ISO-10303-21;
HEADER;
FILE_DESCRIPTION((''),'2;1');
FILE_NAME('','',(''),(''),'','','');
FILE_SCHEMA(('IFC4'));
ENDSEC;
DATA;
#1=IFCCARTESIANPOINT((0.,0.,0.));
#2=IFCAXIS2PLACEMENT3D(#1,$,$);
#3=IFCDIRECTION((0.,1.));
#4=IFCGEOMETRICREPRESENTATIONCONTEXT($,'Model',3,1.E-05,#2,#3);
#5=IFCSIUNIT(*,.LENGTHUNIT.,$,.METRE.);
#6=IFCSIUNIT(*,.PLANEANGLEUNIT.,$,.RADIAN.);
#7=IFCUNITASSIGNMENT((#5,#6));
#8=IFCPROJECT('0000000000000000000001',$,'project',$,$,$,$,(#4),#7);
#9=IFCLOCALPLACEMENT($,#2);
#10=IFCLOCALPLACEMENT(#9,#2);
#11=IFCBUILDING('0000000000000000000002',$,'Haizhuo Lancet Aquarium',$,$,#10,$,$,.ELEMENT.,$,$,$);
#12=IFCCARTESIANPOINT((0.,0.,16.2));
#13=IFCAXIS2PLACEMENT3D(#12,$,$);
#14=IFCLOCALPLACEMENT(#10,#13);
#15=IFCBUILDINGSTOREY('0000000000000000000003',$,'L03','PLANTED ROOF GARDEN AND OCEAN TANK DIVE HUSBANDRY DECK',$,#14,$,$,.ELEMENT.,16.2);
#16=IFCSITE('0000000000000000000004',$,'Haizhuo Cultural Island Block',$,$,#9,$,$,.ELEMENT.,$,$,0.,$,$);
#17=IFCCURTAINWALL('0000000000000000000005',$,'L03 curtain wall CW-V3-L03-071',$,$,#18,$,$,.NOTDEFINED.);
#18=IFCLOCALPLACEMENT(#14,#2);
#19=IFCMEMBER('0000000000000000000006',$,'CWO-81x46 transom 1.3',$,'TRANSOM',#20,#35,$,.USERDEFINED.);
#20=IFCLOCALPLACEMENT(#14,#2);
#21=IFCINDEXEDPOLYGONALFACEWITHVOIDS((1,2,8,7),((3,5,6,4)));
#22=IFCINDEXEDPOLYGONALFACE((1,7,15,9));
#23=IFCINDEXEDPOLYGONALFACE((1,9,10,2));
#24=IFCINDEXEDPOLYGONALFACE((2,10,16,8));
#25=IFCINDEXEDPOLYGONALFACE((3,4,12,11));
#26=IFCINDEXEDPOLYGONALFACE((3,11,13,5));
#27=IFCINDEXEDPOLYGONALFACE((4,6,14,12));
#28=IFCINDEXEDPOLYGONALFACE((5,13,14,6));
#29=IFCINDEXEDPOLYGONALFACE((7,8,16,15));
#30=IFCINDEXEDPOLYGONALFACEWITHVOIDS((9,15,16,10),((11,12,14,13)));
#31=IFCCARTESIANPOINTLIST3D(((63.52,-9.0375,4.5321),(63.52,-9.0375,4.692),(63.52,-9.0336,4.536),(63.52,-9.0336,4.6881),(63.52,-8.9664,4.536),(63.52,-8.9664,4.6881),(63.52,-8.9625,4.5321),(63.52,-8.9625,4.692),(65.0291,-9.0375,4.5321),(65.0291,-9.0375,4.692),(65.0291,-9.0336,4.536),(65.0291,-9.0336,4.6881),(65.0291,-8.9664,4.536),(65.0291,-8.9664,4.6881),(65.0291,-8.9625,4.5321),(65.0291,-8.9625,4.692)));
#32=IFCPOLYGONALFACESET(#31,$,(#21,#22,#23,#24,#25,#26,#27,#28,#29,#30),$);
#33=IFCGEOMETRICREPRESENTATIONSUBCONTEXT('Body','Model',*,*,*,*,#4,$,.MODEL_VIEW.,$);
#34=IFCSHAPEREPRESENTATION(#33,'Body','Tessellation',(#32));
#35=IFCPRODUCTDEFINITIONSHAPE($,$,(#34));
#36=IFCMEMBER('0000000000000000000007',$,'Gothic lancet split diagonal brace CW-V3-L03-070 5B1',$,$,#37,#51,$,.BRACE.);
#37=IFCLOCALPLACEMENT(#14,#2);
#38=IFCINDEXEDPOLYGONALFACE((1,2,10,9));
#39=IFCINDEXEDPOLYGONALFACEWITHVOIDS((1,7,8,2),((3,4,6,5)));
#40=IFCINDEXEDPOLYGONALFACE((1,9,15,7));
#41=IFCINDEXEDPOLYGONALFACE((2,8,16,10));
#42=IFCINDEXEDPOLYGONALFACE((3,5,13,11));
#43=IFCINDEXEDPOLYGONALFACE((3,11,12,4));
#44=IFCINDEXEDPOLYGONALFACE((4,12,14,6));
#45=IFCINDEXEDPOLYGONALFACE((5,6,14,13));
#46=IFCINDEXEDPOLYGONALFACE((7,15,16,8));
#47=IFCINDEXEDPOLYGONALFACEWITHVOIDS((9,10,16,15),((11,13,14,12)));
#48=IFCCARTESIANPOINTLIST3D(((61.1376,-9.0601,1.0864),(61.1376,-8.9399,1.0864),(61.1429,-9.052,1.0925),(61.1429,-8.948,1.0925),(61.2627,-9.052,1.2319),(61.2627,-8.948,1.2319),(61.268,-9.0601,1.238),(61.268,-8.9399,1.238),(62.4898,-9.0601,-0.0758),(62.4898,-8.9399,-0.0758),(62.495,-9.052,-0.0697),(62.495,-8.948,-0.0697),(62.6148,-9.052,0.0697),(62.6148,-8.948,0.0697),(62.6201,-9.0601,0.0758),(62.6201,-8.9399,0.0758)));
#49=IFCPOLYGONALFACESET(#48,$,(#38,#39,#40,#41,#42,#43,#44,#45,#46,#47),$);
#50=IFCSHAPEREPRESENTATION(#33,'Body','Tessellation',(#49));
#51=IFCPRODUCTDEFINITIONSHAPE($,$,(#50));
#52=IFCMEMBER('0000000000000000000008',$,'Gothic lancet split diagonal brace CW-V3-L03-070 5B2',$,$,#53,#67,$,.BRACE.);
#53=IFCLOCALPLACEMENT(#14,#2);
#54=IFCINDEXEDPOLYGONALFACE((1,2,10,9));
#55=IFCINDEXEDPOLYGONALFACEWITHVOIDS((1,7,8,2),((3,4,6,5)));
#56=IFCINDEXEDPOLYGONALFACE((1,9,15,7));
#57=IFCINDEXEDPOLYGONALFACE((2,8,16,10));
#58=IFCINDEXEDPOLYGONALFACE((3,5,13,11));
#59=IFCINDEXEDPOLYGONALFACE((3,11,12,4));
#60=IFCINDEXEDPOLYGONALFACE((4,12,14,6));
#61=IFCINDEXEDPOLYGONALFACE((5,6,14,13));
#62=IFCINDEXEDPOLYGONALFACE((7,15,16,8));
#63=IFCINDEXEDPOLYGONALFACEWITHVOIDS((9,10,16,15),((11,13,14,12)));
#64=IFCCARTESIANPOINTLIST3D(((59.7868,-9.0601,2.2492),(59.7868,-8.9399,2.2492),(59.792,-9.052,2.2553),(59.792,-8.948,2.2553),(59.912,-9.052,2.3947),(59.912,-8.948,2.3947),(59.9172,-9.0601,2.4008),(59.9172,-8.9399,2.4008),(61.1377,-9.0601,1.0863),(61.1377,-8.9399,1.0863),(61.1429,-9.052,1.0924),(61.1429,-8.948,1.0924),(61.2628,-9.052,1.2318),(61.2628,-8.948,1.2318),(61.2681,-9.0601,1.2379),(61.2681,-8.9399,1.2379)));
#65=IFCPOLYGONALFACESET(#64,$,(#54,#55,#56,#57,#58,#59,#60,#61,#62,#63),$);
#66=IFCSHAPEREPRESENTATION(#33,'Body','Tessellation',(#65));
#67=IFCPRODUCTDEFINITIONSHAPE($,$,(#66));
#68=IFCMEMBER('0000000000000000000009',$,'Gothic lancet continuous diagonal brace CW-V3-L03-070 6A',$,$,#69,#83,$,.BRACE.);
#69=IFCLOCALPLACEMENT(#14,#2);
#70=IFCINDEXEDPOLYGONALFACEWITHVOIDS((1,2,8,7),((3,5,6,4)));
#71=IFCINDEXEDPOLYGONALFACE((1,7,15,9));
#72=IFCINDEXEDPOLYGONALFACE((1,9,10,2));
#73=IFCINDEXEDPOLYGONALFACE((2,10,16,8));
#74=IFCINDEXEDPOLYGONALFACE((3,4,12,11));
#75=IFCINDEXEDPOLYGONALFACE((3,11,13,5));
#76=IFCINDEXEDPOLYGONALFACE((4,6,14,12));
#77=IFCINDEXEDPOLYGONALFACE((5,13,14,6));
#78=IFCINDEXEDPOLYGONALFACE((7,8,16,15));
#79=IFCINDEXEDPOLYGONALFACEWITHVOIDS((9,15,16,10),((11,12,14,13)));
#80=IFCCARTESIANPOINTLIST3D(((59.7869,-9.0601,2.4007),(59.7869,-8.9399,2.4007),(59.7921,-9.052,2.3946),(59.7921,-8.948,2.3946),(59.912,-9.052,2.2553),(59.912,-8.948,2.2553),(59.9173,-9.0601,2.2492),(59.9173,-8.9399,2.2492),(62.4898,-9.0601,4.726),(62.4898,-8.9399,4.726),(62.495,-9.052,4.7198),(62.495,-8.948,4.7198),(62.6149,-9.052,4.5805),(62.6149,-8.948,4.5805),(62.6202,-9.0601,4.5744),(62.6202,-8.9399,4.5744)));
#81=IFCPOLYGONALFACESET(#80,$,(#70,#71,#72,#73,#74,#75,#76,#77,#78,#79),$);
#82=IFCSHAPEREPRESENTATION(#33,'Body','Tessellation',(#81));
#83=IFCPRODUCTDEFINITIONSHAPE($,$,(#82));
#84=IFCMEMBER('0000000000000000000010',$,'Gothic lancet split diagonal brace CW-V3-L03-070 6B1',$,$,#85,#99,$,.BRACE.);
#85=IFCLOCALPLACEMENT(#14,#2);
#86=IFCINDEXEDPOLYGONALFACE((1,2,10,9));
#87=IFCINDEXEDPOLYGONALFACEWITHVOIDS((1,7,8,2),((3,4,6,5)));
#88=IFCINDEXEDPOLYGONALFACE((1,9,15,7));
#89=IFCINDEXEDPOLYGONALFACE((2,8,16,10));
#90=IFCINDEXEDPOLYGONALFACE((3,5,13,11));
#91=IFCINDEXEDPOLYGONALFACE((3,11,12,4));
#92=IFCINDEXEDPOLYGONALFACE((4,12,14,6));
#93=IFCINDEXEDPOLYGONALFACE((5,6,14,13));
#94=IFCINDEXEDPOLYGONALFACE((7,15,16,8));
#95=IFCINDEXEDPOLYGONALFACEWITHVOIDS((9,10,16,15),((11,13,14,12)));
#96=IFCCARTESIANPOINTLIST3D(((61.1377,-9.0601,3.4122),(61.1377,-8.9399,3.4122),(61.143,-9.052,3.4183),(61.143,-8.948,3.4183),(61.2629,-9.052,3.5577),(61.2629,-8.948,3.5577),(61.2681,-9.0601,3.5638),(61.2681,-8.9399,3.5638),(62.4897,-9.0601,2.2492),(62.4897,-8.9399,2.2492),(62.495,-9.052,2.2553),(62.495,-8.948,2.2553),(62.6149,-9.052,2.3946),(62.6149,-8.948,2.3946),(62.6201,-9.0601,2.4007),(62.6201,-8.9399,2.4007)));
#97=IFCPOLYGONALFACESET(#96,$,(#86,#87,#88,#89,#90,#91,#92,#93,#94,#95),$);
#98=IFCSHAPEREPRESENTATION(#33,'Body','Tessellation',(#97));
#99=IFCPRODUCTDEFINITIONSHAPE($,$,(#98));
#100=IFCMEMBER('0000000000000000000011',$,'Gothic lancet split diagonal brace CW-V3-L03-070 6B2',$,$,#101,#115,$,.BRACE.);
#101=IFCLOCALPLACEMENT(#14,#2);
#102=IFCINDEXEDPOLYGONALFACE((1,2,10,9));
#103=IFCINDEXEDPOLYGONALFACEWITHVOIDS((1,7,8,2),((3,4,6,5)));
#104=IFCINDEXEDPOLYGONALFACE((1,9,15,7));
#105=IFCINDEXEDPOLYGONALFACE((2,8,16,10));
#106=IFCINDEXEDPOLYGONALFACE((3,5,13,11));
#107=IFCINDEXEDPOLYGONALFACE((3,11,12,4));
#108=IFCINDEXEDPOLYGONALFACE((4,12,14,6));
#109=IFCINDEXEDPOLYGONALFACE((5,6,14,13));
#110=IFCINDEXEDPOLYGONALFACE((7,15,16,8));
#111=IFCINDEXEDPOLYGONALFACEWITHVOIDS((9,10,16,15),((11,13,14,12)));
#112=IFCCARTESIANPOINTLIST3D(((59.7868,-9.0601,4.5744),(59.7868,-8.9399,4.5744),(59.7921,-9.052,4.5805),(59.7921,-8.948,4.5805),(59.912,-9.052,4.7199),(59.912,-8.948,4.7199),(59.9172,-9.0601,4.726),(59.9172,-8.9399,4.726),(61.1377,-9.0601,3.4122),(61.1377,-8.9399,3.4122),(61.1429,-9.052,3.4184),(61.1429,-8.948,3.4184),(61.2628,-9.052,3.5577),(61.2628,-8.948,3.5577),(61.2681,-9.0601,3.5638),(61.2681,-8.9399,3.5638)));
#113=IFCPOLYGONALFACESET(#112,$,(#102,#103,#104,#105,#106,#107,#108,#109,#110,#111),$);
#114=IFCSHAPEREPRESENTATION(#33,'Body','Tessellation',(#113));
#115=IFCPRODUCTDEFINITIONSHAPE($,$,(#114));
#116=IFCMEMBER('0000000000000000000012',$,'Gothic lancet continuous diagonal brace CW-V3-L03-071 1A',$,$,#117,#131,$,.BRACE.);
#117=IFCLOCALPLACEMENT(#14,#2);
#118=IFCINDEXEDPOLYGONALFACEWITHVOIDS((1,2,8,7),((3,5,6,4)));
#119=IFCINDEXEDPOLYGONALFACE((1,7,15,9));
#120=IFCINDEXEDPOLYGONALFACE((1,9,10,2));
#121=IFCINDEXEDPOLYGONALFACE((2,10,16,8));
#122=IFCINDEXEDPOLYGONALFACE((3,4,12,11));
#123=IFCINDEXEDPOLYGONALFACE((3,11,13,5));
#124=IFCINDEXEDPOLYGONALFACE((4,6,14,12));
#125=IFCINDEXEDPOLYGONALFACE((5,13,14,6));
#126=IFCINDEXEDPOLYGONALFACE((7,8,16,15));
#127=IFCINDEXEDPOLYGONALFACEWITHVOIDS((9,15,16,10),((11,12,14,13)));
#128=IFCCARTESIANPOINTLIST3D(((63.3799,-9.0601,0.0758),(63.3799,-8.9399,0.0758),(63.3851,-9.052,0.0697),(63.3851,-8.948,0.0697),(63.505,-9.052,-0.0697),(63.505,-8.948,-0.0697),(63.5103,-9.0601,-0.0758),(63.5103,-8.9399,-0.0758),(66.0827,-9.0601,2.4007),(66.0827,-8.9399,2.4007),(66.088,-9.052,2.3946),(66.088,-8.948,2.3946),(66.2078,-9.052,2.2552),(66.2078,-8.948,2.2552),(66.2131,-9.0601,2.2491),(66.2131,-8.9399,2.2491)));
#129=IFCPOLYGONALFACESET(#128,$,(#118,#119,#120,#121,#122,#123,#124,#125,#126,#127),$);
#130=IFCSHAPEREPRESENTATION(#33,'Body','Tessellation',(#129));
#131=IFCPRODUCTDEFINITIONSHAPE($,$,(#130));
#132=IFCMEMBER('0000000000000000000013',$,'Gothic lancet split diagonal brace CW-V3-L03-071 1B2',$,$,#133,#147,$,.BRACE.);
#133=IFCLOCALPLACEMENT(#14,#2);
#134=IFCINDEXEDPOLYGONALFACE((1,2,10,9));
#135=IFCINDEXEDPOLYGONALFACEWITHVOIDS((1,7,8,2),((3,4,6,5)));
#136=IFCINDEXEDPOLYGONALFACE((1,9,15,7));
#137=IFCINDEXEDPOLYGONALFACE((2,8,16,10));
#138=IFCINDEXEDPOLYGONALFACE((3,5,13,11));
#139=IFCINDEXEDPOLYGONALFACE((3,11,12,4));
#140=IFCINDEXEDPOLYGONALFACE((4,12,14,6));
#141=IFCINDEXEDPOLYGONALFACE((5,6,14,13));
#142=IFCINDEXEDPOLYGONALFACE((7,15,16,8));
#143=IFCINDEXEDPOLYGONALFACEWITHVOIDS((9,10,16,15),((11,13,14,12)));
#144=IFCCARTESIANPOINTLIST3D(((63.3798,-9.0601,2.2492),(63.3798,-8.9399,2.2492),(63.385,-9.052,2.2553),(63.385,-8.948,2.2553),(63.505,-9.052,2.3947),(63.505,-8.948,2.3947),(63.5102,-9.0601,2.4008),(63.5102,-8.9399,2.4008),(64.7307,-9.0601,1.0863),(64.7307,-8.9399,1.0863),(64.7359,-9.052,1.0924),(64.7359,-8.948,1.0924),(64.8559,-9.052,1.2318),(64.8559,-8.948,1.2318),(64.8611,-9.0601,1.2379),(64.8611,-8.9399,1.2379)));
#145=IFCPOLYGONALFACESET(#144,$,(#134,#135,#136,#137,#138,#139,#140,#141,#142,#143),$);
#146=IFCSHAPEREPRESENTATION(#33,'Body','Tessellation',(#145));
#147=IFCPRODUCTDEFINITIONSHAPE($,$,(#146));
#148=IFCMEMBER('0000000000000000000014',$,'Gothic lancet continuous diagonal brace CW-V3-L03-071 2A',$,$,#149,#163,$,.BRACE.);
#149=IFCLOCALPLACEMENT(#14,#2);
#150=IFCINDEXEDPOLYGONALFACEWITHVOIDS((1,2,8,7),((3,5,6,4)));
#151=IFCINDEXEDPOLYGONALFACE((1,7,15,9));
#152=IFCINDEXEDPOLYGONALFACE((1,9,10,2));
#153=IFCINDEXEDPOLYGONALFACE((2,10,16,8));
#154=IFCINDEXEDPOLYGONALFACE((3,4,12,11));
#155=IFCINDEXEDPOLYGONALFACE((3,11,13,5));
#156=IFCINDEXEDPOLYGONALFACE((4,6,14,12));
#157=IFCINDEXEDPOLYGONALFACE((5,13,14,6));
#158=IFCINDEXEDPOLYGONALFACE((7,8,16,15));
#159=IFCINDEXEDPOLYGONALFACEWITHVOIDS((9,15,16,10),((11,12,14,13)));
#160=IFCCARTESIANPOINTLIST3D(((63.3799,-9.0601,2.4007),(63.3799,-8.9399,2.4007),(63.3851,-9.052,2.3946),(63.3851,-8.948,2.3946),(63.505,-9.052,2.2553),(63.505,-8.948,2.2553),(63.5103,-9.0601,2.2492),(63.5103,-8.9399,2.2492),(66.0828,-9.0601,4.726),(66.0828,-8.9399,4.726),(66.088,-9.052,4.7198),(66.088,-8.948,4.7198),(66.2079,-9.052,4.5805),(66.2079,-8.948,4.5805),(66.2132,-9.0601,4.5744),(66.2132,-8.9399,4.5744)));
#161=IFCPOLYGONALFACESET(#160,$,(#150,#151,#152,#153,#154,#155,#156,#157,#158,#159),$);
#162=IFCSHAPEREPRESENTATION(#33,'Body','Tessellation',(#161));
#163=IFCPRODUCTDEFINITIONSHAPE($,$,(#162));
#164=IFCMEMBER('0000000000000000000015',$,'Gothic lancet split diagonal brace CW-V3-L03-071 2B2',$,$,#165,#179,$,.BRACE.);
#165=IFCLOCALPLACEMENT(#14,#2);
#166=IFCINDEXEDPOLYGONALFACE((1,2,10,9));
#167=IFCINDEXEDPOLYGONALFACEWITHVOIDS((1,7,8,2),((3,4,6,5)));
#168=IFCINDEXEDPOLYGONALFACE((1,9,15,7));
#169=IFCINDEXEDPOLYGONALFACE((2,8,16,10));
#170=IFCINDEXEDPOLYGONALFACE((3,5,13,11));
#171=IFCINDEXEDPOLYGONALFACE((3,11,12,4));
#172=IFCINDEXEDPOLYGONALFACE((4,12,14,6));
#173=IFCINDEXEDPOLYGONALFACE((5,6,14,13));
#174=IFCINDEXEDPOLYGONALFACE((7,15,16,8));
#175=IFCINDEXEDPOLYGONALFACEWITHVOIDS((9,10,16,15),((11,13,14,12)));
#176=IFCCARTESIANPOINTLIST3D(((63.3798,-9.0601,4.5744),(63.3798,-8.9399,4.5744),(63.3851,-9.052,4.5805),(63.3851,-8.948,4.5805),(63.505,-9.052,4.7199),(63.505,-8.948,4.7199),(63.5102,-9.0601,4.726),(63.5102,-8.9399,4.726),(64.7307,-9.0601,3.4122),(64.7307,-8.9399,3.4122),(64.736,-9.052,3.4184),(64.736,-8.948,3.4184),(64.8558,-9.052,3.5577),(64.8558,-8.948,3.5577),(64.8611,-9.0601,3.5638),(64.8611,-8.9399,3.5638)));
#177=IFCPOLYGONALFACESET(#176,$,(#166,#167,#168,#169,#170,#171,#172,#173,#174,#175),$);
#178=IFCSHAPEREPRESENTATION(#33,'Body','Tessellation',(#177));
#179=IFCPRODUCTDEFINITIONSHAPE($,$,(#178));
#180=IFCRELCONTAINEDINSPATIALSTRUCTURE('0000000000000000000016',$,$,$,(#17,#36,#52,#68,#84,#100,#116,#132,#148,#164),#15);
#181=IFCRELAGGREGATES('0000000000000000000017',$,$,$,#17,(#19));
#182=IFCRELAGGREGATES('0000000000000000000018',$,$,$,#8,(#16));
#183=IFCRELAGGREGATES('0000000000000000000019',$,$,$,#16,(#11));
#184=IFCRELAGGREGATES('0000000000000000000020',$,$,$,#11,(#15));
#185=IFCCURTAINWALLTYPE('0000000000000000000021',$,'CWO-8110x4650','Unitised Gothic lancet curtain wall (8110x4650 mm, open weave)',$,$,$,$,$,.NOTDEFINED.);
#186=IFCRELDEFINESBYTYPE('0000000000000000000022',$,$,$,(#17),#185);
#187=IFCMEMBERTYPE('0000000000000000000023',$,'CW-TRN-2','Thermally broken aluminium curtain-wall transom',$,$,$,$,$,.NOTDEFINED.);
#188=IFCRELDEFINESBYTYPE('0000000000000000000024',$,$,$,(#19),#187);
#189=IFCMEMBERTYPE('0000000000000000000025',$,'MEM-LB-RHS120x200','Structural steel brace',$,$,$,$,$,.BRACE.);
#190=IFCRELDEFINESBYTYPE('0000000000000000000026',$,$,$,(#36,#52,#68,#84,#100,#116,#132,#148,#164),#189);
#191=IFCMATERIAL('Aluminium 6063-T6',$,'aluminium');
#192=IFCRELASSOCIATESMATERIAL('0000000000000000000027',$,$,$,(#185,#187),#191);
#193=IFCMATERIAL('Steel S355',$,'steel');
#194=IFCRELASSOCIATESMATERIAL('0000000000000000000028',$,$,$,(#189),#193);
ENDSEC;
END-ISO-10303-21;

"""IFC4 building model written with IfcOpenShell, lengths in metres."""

from ifc_helpers import new_model, si_unit, direction, frame, origin, origin_2d, place, context, subcontext, project, spatial, hollow_rectangle, extrude, material, material_profile, profile_set, type_object, element, aggregate, save


model = new_model("IFC4")

# Units and contexts
model_context = context("Model", 3, precision=1e-05, world=origin(), true_north=direction((0.0, 1.0)))
body_context = subcontext(model_context, "Body", "Model", "MODEL_VIEW")
ifc_project = project(units=[si_unit("LENGTHUNIT", "METRE"), si_unit("PLANEANGLEUNIT", "RADIAN")], contexts=[model_context])

# Site, building, storey
site_placement = place(None, origin())
site = spatial("IfcSite", under=ifc_project, at=site_placement, Name="Haizhuo Cultural Island Block", CompositionType="ELEMENT", RefElevation=0.0)
building_placement = place(site_placement, origin())
building = spatial("IfcBuilding", under=site, at=building_placement, Name="Haizhuo Lancet Aquarium", CompositionType="ELEMENT")
storey_placement = place(building_placement, frame((0.0, 0.0, 16.2)))
storey = spatial("IfcBuildingStorey", under=building, at=storey_placement, Name="L03", Description="PLANTED ROOF GARDEN AND OCEAN TANK DIVE HUSBANDRY DECK", CompositionType="ELEMENT", Elevation=16.2)

# Shared definitions
ifc_material_1 = material(Name="Aluminium 6063-T6", Category="aluminium")
curtain_wall_type = type_object("IfcCurtainWallType", Name="CWO-8110x4650", Description="Unitised Gothic lancet curtain wall (8110x4650 mm, open weave)", PredefinedType="NOTDEFINED", material=ifc_material_1)

# Curtain wall
curtain_wall_1_placement = place(storey_placement, origin())
curtain_wall_1 = element("IfcCurtainWall", 1, at=curtain_wall_1_placement, inside=storey, type_object=curtain_wall_type, Name="L03 curtain wall CW-V3-L03-071", PredefinedType="NOTDEFINED")

# Member
ifc_material_profile_1 = material_profile(ifc_material_1, hollow_rectangle(XDim=0.075, YDim=0.1599, WallThickness=0.0039, at=origin_2d()), Name="ALU-T 75x160x4")
ifc_profile_set_1 = profile_set([ifc_material_profile_1], Name="Aluminium 6063-T6")
member_type_1 = type_object("IfcMemberType", Name="CW-TRN-2", Description="Thermally broken aluminium curtain-wall transom", PredefinedType="NOTDEFINED", material=ifc_profile_set_1)
member_1_placement = place(storey_placement, frame((63.52, -9.0, 4.6121), z_axis=(1.0, 0.0, 0.0), x_axis=(0.0, 1.0, 0.0)))
member_1 = element("IfcMember", 2, at=member_1_placement, type_object=member_type_1, Name="CWO-81x46 transom 1.3", ObjectType="TRANSOM", PredefinedType="USERDEFINED", context=body_context, shape_type="SweptSolid", body=[
    extrude(hollow_rectangle(XDim=0.075, YDim=0.1599, WallThickness=0.0039, at=origin_2d()), origin(), (0.0, 0.0, 1.0), 1.509),
])

# Members
ifc_material_2 = material(Name="Steel S355", Category="steel")
ifc_material_profile_2 = material_profile(ifc_material_2, hollow_rectangle(XDim=0.1201, YDim=0.2, WallThickness=0.0081, at=origin_2d()), Name="RHS 120x200x8")
ifc_profile_set_2 = profile_set([ifc_material_profile_2], Name="Steel S355")
member_type_2 = type_object("IfcMemberType", Name="MEM-LB-RHS120x200", Description="Structural steel brace", PredefinedType="BRACE", material=ifc_profile_set_2)
member_2_placement = place(storey_placement, frame((62.5549, -9.0, 0.0), z_axis=(-0.758367, 0.0, 0.651828), x_axis=(0.0, -1.0, 0.0)))
element("IfcMember", 3, at=member_2_placement, inside=storey, type_object=member_type_2, Name="Gothic lancet split diagonal brace CW-V3-L03-070 5B1", PredefinedType="BRACE", context=body_context, shape_type="SweptSolid", body=[
    extrude(hollow_rectangle(XDim=0.1201, YDim=0.2, WallThickness=0.0081, at=origin_2d()), origin(), (0.0, 0.0, 1.0), 1.783),
])
member_3_placement = place(storey_placement, frame((61.2029, -9.0, 1.1621), z_axis=(-0.757872, 0.0, 0.652403), x_axis=(0.0, -1.0, 0.0)))
element("IfcMember", 4, at=member_3_placement, inside=storey, type_object=member_type_2, Name="Gothic lancet split diagonal brace CW-V3-L03-070 5B2", PredefinedType="BRACE", context=body_context, shape_type="SweptSolid", body=[
    extrude(hollow_rectangle(XDim=0.1201, YDim=0.2, WallThickness=0.0081, at=origin_2d()), origin(), (0.0, 0.0, 1.0), 1.7825),
])
member_4_placement = place(storey_placement, frame((59.8521, -9.0, 2.325), z_axis=(0.758086, 0.0, 0.652155), x_axis=(0.0, 1.0, 0.0)))
element("IfcMember", 5, at=member_4_placement, inside=storey, type_object=member_type_2, Name="Gothic lancet continuous diagonal brace CW-V3-L03-070 6A", PredefinedType="BRACE", context=body_context, shape_type="SweptSolid", body=[
    extrude(hollow_rectangle(XDim=0.1201, YDim=0.2, WallThickness=0.0081, at=origin_2d()), origin(), (0.0, 0.0, 1.0), 3.5654),
])
member_5_placement = place(storey_placement, frame((62.5549, -9.0, 2.325), z_axis=(-0.758096, 0.0, 0.652143), x_axis=(0.0, -1.0, 0.0)))
element("IfcMember", 6, at=member_5_placement, inside=storey, type_object=member_type_2, Name="Gothic lancet split diagonal brace CW-V3-L03-070 6B1", PredefinedType="BRACE", context=body_context, shape_type="SweptSolid", body=[
    extrude(hollow_rectangle(XDim=0.1201, YDim=0.2, WallThickness=0.0081, at=origin_2d()), origin(), (0.0, 0.0, 1.0), 1.7834),
])
member_6_placement = place(storey_placement, frame((61.2029, -9.0, 3.488), z_axis=(-0.758075, 0.0, 0.652167), x_axis=(0.0, -1.0, 0.0)))
element("IfcMember", 7, at=member_6_placement, inside=storey, type_object=member_type_2, Name="Gothic lancet split diagonal brace CW-V3-L03-070 6B2", PredefinedType="BRACE", context=body_context, shape_type="SweptSolid", body=[
    extrude(hollow_rectangle(XDim=0.1201, YDim=0.2, WallThickness=0.0081, at=origin_2d()), origin(), (0.0, 0.0, 1.0), 1.782),
])
member_7_placement = place(storey_placement, frame((63.4451, -9.0, 0.0), z_axis=(0.75812, 0.0, 0.652116), x_axis=(0.0, 1.0, 0.0)))
element("IfcMember", 8, at=member_7_placement, inside=storey, type_object=member_type_2, Name="Gothic lancet continuous diagonal brace CW-V3-L03-071 1A", PredefinedType="BRACE", context=body_context, shape_type="SweptSolid", body=[
    extrude(hollow_rectangle(XDim=0.1201, YDim=0.2, WallThickness=0.0081, at=origin_2d()), origin(), (0.0, 0.0, 1.0), 3.5652),
])
member_8_placement = place(storey_placement, frame((64.7959, -9.0, 1.1621), z_axis=(-0.757872, 0.0, 0.652403), x_axis=(0.0, -1.0, 0.0)))
element("IfcMember", 9, at=member_8_placement, inside=storey, type_object=member_type_2, Name="Gothic lancet split diagonal brace CW-V3-L03-071 1B2", PredefinedType="BRACE", context=body_context, shape_type="SweptSolid", body=[
    extrude(hollow_rectangle(XDim=0.1201, YDim=0.2, WallThickness=0.0081, at=origin_2d()), origin(), (0.0, 0.0, 1.0), 1.7825),
])
member_9_placement = place(storey_placement, frame((63.4451, -9.0, 2.325), z_axis=(0.758086, 0.0, 0.652155), x_axis=(0.0, 1.0, 0.0)))
element("IfcMember", 10, at=member_9_placement, inside=storey, type_object=member_type_2, Name="Gothic lancet continuous diagonal brace CW-V3-L03-071 2A", PredefinedType="BRACE", context=body_context, shape_type="SweptSolid", body=[
    extrude(hollow_rectangle(XDim=0.1201, YDim=0.2, WallThickness=0.0081, at=origin_2d()), origin(), (0.0, 0.0, 1.0), 3.5654),
])
member_10_placement = place(storey_placement, frame((64.7959, -9.0, 3.488), z_axis=(-0.758075, 0.0, 0.652167), x_axis=(0.0, -1.0, 0.0)))
element("IfcMember", 11, at=member_10_placement, inside=storey, type_object=member_type_2, Name="Gothic lancet split diagonal brace CW-V3-L03-071 2B2", PredefinedType="BRACE", context=body_context, shape_type="SweptSolid", body=[
    extrude(hollow_rectangle(XDim=0.1201, YDim=0.2, WallThickness=0.0081, at=origin_2d()), origin(), (0.0, 0.0, 1.0), 1.782),
])

aggregate(curtain_wall_1, [member_1])

save(model, "model.ifc")
